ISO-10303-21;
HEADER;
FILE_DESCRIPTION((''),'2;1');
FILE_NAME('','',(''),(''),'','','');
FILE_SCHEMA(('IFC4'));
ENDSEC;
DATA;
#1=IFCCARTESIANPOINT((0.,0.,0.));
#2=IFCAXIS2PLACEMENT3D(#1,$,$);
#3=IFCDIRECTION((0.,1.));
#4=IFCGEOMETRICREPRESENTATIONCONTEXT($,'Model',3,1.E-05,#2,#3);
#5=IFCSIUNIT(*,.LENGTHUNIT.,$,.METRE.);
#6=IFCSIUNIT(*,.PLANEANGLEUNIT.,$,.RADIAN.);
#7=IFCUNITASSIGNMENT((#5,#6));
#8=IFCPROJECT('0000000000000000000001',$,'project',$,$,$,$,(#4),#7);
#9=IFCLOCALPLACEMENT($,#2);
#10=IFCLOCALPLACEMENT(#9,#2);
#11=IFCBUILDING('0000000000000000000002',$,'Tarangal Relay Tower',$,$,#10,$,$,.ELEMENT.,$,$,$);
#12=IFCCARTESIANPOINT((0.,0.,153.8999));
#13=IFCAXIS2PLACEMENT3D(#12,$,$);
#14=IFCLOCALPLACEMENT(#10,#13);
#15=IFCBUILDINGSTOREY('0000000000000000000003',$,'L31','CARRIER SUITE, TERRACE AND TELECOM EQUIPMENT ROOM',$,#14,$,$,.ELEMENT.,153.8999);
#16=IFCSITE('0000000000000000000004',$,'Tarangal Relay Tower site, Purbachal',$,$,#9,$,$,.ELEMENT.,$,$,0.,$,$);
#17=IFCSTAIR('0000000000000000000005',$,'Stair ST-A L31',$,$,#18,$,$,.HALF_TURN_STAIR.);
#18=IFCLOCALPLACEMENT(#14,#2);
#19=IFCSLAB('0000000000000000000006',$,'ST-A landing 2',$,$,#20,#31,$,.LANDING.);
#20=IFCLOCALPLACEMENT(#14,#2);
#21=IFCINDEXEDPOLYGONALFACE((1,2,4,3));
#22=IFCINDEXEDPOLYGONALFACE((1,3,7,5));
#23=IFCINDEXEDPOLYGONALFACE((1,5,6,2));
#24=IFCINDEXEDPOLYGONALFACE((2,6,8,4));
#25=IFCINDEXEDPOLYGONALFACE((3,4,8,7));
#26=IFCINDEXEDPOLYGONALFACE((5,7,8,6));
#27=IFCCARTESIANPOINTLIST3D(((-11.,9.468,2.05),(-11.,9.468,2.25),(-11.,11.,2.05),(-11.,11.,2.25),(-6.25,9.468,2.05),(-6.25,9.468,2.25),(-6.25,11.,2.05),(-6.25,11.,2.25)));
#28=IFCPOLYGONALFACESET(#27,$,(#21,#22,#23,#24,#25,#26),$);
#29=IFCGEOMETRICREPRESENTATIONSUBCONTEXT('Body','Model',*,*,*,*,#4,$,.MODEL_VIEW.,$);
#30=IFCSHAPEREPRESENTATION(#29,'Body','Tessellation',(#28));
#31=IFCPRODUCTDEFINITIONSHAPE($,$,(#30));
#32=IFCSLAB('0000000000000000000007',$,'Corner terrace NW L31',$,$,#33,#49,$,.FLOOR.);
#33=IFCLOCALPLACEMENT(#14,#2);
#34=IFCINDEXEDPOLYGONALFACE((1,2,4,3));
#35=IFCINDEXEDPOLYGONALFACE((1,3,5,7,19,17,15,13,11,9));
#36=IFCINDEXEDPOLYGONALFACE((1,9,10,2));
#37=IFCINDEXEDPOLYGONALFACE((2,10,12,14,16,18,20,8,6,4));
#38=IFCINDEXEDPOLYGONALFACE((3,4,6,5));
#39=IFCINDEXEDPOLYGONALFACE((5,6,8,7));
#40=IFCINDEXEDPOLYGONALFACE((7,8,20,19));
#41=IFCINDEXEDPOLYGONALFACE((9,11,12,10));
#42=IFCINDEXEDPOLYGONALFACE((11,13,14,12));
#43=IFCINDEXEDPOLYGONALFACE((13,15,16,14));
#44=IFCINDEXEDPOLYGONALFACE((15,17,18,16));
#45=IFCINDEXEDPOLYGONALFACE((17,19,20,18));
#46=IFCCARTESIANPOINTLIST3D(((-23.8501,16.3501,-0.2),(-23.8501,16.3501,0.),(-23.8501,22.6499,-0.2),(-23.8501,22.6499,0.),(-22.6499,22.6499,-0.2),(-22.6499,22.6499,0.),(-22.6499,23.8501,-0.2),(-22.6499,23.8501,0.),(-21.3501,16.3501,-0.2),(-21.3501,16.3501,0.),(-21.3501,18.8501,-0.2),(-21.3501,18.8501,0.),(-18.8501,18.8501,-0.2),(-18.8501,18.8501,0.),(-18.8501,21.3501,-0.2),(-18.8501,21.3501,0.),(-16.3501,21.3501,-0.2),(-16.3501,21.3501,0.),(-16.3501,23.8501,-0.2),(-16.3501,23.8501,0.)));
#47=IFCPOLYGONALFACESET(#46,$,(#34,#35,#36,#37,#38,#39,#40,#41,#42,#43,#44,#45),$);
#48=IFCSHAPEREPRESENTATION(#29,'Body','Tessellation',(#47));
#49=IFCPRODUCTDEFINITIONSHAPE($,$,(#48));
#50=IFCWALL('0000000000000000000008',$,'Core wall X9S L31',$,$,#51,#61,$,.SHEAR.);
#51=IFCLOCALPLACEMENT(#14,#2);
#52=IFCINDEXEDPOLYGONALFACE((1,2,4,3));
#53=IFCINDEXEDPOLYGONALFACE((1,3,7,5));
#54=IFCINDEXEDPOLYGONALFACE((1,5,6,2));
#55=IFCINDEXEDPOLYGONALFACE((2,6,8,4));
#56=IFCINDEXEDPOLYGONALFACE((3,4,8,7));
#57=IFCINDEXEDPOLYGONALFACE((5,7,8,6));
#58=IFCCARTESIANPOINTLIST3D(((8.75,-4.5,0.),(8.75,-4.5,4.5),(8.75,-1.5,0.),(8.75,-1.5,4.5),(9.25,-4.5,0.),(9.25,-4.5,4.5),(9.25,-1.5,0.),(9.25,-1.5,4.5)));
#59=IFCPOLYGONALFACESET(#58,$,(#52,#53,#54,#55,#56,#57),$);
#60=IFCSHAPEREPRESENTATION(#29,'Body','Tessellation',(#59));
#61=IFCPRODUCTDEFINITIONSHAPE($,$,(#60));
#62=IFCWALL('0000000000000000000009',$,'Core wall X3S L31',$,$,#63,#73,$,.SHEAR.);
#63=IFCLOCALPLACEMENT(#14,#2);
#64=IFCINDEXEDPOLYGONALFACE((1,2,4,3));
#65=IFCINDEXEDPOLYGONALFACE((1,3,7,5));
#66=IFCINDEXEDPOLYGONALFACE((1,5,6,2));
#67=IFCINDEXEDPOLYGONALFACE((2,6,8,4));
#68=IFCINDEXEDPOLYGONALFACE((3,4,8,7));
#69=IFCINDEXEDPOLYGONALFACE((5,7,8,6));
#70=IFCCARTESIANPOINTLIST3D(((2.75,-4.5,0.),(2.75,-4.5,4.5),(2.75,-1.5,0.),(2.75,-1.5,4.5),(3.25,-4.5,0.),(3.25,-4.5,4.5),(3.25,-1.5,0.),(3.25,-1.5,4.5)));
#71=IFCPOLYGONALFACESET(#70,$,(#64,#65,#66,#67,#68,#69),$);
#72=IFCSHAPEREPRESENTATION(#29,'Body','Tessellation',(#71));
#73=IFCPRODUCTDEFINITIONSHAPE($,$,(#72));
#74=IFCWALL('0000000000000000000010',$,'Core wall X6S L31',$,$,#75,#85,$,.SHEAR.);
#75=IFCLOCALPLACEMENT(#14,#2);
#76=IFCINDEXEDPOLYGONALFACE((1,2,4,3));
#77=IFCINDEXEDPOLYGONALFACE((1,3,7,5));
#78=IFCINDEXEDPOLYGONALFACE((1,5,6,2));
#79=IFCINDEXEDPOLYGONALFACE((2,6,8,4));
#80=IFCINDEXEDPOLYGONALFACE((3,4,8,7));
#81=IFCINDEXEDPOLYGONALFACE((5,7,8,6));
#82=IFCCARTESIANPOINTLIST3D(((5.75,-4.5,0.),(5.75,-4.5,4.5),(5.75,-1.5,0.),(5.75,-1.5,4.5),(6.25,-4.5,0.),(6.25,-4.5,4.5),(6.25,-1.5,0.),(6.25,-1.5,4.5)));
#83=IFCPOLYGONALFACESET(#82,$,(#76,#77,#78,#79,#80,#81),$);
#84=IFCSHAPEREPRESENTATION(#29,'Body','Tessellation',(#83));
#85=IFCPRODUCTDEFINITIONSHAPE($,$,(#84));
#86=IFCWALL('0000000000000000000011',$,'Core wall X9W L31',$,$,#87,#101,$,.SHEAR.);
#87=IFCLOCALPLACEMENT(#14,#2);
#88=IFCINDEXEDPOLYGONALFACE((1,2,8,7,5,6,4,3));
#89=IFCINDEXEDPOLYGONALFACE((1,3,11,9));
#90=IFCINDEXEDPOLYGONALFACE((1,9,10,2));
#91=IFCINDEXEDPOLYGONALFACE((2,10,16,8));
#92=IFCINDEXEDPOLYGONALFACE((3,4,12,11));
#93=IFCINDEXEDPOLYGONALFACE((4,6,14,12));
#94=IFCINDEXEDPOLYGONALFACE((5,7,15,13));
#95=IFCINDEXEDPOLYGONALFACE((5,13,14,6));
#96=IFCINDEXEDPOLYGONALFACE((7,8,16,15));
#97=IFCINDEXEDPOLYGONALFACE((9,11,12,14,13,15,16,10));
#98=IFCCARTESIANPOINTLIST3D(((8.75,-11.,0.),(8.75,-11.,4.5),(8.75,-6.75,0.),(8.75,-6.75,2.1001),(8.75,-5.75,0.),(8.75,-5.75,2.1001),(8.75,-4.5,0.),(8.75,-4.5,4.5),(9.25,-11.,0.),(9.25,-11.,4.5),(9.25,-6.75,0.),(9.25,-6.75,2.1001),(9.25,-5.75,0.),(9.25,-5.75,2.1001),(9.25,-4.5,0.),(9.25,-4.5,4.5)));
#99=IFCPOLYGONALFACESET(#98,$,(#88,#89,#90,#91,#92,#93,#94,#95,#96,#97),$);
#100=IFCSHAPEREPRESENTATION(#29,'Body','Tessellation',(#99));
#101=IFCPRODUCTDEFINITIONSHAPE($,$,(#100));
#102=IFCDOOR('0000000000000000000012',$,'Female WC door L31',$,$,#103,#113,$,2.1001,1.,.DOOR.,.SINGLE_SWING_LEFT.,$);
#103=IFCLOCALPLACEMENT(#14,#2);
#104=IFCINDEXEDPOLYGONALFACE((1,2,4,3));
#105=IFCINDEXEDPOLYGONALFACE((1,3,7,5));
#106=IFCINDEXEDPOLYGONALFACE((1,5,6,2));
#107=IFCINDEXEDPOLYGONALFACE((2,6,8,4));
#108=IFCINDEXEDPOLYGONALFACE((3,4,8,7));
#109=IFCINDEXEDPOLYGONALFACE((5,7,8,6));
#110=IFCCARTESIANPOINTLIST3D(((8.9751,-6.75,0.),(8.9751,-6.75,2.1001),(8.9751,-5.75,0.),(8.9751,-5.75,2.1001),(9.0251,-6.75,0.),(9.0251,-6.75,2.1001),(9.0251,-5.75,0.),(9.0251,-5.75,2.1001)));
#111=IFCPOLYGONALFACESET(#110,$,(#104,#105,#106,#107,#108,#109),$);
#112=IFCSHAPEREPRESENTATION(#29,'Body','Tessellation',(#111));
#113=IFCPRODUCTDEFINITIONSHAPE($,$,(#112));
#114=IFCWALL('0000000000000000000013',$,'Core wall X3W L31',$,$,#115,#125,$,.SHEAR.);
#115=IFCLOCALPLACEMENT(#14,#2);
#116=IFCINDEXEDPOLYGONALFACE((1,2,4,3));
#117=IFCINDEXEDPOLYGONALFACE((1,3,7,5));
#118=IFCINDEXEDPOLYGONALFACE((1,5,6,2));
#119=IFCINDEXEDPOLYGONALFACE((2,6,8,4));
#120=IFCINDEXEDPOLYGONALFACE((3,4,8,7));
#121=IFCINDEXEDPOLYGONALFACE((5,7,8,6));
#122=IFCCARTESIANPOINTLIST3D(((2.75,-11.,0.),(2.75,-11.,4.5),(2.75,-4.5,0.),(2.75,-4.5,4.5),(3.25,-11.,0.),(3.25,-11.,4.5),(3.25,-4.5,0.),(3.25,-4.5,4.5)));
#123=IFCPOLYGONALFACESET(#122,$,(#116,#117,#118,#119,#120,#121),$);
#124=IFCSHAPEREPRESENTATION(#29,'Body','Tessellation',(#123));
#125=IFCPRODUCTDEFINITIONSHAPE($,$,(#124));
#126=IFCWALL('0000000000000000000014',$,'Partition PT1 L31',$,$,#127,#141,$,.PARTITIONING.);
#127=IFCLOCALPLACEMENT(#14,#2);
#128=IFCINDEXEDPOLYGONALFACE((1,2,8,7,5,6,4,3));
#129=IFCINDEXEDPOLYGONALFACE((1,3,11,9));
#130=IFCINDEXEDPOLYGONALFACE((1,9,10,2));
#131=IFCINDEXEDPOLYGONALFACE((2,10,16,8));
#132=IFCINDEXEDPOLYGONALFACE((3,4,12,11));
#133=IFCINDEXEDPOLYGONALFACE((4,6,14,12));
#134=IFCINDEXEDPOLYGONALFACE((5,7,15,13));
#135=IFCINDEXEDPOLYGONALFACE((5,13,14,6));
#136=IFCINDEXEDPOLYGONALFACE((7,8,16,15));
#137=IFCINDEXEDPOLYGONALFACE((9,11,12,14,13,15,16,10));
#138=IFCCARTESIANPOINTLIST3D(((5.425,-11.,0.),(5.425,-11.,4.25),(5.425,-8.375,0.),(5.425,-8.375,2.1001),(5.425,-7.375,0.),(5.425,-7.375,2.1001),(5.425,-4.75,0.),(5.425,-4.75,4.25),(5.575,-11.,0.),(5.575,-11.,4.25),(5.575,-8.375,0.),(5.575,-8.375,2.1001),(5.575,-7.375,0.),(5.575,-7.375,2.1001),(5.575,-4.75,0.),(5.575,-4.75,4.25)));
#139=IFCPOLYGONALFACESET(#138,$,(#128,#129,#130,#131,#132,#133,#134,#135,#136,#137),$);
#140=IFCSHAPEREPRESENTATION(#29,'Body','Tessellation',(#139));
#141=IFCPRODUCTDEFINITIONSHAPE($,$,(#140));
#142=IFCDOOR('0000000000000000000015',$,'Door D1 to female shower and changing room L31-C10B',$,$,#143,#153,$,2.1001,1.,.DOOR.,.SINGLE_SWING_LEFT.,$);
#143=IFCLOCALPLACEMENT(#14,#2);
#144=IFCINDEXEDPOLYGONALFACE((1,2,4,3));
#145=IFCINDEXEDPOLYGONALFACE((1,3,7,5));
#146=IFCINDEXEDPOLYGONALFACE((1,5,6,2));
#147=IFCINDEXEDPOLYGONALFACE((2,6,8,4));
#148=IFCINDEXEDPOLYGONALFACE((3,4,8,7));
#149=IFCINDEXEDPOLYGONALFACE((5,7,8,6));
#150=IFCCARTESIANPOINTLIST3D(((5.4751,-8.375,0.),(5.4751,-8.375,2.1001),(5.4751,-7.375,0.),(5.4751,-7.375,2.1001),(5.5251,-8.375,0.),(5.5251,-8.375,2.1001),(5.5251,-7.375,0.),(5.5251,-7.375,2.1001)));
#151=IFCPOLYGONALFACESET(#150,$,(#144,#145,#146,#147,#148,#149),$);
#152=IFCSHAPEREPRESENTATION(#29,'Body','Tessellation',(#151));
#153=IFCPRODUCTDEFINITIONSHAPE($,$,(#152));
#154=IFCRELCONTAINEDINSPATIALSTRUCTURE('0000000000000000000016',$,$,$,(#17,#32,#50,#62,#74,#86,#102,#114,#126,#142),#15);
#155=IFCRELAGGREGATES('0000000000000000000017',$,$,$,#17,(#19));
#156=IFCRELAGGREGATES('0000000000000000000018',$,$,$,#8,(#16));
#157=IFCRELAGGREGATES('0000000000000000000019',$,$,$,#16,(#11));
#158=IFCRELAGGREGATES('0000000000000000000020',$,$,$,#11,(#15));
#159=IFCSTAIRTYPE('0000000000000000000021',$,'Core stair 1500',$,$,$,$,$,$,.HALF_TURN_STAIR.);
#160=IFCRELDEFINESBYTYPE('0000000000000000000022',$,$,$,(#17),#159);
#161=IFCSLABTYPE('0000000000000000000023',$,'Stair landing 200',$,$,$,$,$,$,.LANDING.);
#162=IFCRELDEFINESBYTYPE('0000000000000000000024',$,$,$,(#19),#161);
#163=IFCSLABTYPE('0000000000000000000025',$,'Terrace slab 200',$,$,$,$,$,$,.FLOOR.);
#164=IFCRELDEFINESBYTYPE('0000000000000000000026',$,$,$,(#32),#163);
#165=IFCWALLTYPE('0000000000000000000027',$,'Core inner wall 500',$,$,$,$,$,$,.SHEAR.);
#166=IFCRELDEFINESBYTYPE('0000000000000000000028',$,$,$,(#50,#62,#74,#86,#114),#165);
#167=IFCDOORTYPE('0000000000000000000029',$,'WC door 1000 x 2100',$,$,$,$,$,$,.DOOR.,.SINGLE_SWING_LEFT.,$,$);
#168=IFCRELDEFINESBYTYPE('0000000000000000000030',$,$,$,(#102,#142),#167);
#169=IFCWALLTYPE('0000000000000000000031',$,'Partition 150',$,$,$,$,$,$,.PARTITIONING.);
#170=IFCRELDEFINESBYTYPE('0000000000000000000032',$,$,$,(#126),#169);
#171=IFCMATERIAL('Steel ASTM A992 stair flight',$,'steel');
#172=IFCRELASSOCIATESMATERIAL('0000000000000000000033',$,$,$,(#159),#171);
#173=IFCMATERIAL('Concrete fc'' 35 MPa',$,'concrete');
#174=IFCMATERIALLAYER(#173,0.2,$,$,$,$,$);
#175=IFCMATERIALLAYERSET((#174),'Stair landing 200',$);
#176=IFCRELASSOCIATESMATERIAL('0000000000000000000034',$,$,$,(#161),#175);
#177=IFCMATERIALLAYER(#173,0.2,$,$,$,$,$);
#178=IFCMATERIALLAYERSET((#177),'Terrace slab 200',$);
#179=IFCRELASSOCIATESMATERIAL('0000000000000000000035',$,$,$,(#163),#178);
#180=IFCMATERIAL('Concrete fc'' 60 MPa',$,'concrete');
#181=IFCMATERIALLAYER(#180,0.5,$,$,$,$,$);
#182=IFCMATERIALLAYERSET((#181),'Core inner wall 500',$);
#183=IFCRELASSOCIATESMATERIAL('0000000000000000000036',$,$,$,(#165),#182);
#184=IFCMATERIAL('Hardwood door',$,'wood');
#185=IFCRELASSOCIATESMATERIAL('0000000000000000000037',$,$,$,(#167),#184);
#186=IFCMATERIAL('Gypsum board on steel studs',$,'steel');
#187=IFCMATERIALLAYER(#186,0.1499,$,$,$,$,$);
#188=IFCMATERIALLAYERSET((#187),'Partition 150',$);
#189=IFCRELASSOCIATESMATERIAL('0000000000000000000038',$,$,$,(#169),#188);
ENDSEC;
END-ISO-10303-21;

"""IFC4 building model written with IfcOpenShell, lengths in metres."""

from ifc_helpers import new_model, si_unit, direction, frame, frame_2d, origin, place, context, subcontext, project, spatial, polyline, rectangle, outline, extrude, material, layer, layer_set, type_object, element, fill, aggregate, save


model = new_model("IFC4")

# Units and contexts
model_context = context("Model", 3, precision=1e-05, world=origin(), true_north=direction((0.0, 1.0)))
body_context = subcontext(model_context, "Body", "Model", "MODEL_VIEW")
ifc_project = project(units=[si_unit("LENGTHUNIT", "METRE"), si_unit("PLANEANGLEUNIT", "RADIAN")], contexts=[model_context])

# Site, building, storey
site_placement = place(None, origin())
site = spatial("IfcSite", under=ifc_project, at=site_placement, Name="Tarangal Relay Tower site, Purbachal", CompositionType="ELEMENT", RefElevation=0.0)
building_placement = place(site_placement, origin())
building = spatial("IfcBuilding", under=site, at=building_placement, Name="Tarangal Relay Tower", CompositionType="ELEMENT")
storey_placement = place(building_placement, frame((0.0, 0.0, 153.8999)))
storey = spatial("IfcBuildingStorey", under=building, at=storey_placement, Name="L31", Description="CARRIER SUITE, TERRACE AND TELECOM EQUIPMENT ROOM", CompositionType="ELEMENT", Elevation=153.8999)

# Shared definitions
ifc_material_1 = material(Name="Concrete fc' 35 MPa", Category="concrete")

# Stair, slab
ifc_material_2 = material(Name="Steel ASTM A992 stair flight", Category="steel")
stair_type = type_object("IfcStairType", Name="Core stair 1500", PredefinedType="HALF_TURN_STAIR", material=ifc_material_2)
stair_1_placement = place(storey_placement, origin())
stair_1 = element("IfcStair", 1, at=stair_1_placement, inside=storey, type_object=stair_type, Name="Stair ST-A L31", PredefinedType="HALF_TURN_STAIR")
ifc_layer_1 = layer(ifc_material_1, 0.2)
ifc_layer_set_1 = layer_set([ifc_layer_1], Name="Stair landing 200")
slab_type_1 = type_object("IfcSlabType", Name="Stair landing 200", PredefinedType="LANDING", material=ifc_layer_set_1)
slab_1_placement = place(storey_placement, frame((0.0, 0.0, 2.05)))
slab_1 = element("IfcSlab", 2, at=slab_1_placement, type_object=slab_type_1, Name="ST-A landing 2", PredefinedType="LANDING", context=body_context, shape_type="SweptSolid", body=[
    extrude(outline(polyline([(-11.0, 9.468), (-6.25, 9.468), (-6.25, 11.0), (-11.0, 11.0), (-11.0, 9.468)])), origin(), (0.0, 0.0, 1.0), 0.2),
])
aggregate(stair_1, [slab_1])

# Slab
ifc_layer_2 = layer(ifc_material_1, 0.2)
ifc_layer_set_2 = layer_set([ifc_layer_2], Name="Terrace slab 200")
slab_type_2 = type_object("IfcSlabType", Name="Terrace slab 200", PredefinedType="FLOOR", material=ifc_layer_set_2)
slab_2_placement = place(storey_placement, frame((0.0, 0.0, -0.2)))
element("IfcSlab", 3, at=slab_2_placement, inside=storey, type_object=slab_type_2, Name="Corner terrace NW L31", PredefinedType="FLOOR", context=body_context, shape_type="SweptSolid", body=[
    extrude(outline(polyline([(-23.8501, 16.3501), (-21.3501, 16.3501), (-21.3501, 18.8501), (-18.8501, 18.8501), (-18.8501, 21.3501), (-16.3501, 21.3501), (-16.3501, 23.8501), (-22.6499, 23.8501), (-22.6499, 22.6499), (-23.8501, 22.6499), (-23.8501, 16.3501)])), origin(), (0.0, 0.0, 1.0), 0.2),
])

# Walls
ifc_material_3 = material(Name="Concrete fc' 60 MPa", Category="concrete")
ifc_layer_3 = layer(ifc_material_3, 0.5)
ifc_layer_set_3 = layer_set([ifc_layer_3], Name="Core inner wall 500")
wall_type_1 = type_object("IfcWallType", Name="Core inner wall 500", PredefinedType="SHEAR", material=ifc_layer_set_3)
for number, where, z_axis, x_axis, name in (
    (4, (9.0, -4.5, 0.0), (0.0, 0.0, 1.0), (0.0, 1.0, 0.0), "Core wall X9S L31"),
    (5, (3.0, -4.5, 0.0), (0.0, 0.0, 1.0), (0.0, 1.0, 0.0), "Core wall X3S L31"),
    (6, (6.0, -4.5, 0.0), (0.0, 0.0, 1.0), (0.0, 1.0, 0.0), "Core wall X6S L31"),
):
    element("IfcWall", number, at=place(storey_placement, frame(where, z_axis=z_axis, x_axis=x_axis)), inside=storey, type_object=wall_type_1, Name=name, PredefinedType="SHEAR", context=body_context, shape_type="SweptSolid", body=[
        extrude(rectangle(XDim=3.0, YDim=0.5, at=frame_2d((1.5, 0.0))), origin(), (0.0, 0.0, 1.0), 4.5),
    ])

# Wall, opening, door
wall_1_placement = place(storey_placement, frame((9.0, -11.0, 0.0), z_axis=(0.0, 0.0, 1.0), x_axis=(0.0, 1.0, 0.0)))
wall_1 = element("IfcWall", 7, at=wall_1_placement, inside=storey, type_object=wall_type_1, Name="Core wall X9W L31", PredefinedType="SHEAR", context=body_context, shape_type="SweptSolid", body=[
    extrude(rectangle(XDim=6.5, YDim=0.5, at=frame_2d((3.25, 0.0))), origin(), (0.0, 0.0, 1.0), 4.5),
])
opening_1_placement = place(wall_1_placement, frame((4.25, 0.0, 0.0)))
opening_1 = element("IfcOpeningElement", 8, at=opening_1_placement, cuts=wall_1, PredefinedType="OPENING", context=body_context, shape_type="SweptSolid", body=[
    extrude(rectangle(XDim=1.0, YDim=2.1001, at=frame_2d((0.5, 1.05))), frame((0.0, 0.26, 0.0), z_axis=(0.0, -1.0, 0.0), x_axis=(1.0, 0.0, 0.0)), (0.0, 0.0, 1.0), 0.52),
])
ifc_material_4 = material(Name="Hardwood door", Category="wood")
door_type = type_object("IfcDoorType", Name="WC door 1000 x 2100", OperationType="SINGLE_SWING_LEFT", PredefinedType="DOOR", material=ifc_material_4)
door_1_placement = place(opening_1_placement, origin())
door_1 = element("IfcDoor", 9, at=door_1_placement, inside=storey, type_object=door_type, Name="Female WC door L31", OperationType="SINGLE_SWING_LEFT", OverallHeight=2.1001, OverallWidth=1.0, PredefinedType="DOOR", context=body_context, shape_type="SweptSolid", body=[
    extrude(rectangle(XDim=1.0, YDim=2.1001, at=frame_2d((0.5, 1.05))), frame((0.0, 0.0249, 0.0), z_axis=(0.0, -1.0, 0.0), x_axis=(1.0, 0.0, 0.0)), (0.0, 0.0, 1.0), 0.05),
])
fill(opening_1, door_1)

# Wall
wall_2_placement = place(storey_placement, frame((3.0, -11.0, 0.0), z_axis=(0.0, 0.0, 1.0), x_axis=(0.0, 1.0, 0.0)))
element("IfcWall", 10, at=wall_2_placement, inside=storey, type_object=wall_type_1, Name="Core wall X3W L31", PredefinedType="SHEAR", context=body_context, shape_type="SweptSolid", body=[
    extrude(rectangle(XDim=6.5, YDim=0.5, at=frame_2d((3.25, 0.0))), origin(), (0.0, 0.0, 1.0), 4.5),
])

# Wall, opening, door
ifc_material_5 = material(Name="Gypsum board on steel studs", Category="steel")
ifc_layer_4 = layer(ifc_material_5, 0.1499)
ifc_layer_set_4 = layer_set([ifc_layer_4], Name="Partition 150")
wall_type_2 = type_object("IfcWallType", Name="Partition 150", PredefinedType="PARTITIONING", material=ifc_layer_set_4)
wall_3_placement = place(storey_placement, frame((5.5, -11.0, 0.0), z_axis=(0.0, 0.0, 1.0), x_axis=(0.0, 1.0, 0.0)))
wall_3 = element("IfcWall", 11, at=wall_3_placement, inside=storey, type_object=wall_type_2, Name="Partition PT1 L31", PredefinedType="PARTITIONING", context=body_context, shape_type="SweptSolid", body=[
    extrude(rectangle(XDim=6.25, YDim=0.1499, at=frame_2d((3.125, 0.0))), origin(), (0.0, 0.0, 1.0), 4.25),
])
opening_2_placement = place(wall_3_placement, frame((2.625, 0.0, 0.0)))
opening_2 = element("IfcOpeningElement", 12, at=opening_2_placement, cuts=wall_3, PredefinedType="OPENING", context=body_context, shape_type="SweptSolid", body=[
    extrude(rectangle(XDim=1.0, YDim=2.1001, at=frame_2d((0.5, 1.05))), frame((0.0, 0.085, 0.0), z_axis=(0.0, -1.0, 0.0), x_axis=(1.0, 0.0, 0.0)), (0.0, 0.0, 1.0), 0.1699),
])
door_2_placement = place(opening_2_placement, origin())
door_2 = element("IfcDoor", 13, at=door_2_placement, inside=storey, type_object=door_type, Name="Door D1 to female shower and changing room L31-C10B", OperationType="SINGLE_SWING_LEFT", OverallHeight=2.1001, OverallWidth=1.0, PredefinedType="DOOR", context=body_context, shape_type="SweptSolid", body=[
    extrude(rectangle(XDim=1.0, YDim=2.1001, at=frame_2d((0.5, 1.05))), frame((0.0, 0.0249, 0.0), z_axis=(0.0, -1.0, 0.0), x_axis=(1.0, 0.0, 0.0)), (0.0, 0.0, 1.0), 0.05),
])
fill(opening_2, door_2)

save(model, "model.ifc")
